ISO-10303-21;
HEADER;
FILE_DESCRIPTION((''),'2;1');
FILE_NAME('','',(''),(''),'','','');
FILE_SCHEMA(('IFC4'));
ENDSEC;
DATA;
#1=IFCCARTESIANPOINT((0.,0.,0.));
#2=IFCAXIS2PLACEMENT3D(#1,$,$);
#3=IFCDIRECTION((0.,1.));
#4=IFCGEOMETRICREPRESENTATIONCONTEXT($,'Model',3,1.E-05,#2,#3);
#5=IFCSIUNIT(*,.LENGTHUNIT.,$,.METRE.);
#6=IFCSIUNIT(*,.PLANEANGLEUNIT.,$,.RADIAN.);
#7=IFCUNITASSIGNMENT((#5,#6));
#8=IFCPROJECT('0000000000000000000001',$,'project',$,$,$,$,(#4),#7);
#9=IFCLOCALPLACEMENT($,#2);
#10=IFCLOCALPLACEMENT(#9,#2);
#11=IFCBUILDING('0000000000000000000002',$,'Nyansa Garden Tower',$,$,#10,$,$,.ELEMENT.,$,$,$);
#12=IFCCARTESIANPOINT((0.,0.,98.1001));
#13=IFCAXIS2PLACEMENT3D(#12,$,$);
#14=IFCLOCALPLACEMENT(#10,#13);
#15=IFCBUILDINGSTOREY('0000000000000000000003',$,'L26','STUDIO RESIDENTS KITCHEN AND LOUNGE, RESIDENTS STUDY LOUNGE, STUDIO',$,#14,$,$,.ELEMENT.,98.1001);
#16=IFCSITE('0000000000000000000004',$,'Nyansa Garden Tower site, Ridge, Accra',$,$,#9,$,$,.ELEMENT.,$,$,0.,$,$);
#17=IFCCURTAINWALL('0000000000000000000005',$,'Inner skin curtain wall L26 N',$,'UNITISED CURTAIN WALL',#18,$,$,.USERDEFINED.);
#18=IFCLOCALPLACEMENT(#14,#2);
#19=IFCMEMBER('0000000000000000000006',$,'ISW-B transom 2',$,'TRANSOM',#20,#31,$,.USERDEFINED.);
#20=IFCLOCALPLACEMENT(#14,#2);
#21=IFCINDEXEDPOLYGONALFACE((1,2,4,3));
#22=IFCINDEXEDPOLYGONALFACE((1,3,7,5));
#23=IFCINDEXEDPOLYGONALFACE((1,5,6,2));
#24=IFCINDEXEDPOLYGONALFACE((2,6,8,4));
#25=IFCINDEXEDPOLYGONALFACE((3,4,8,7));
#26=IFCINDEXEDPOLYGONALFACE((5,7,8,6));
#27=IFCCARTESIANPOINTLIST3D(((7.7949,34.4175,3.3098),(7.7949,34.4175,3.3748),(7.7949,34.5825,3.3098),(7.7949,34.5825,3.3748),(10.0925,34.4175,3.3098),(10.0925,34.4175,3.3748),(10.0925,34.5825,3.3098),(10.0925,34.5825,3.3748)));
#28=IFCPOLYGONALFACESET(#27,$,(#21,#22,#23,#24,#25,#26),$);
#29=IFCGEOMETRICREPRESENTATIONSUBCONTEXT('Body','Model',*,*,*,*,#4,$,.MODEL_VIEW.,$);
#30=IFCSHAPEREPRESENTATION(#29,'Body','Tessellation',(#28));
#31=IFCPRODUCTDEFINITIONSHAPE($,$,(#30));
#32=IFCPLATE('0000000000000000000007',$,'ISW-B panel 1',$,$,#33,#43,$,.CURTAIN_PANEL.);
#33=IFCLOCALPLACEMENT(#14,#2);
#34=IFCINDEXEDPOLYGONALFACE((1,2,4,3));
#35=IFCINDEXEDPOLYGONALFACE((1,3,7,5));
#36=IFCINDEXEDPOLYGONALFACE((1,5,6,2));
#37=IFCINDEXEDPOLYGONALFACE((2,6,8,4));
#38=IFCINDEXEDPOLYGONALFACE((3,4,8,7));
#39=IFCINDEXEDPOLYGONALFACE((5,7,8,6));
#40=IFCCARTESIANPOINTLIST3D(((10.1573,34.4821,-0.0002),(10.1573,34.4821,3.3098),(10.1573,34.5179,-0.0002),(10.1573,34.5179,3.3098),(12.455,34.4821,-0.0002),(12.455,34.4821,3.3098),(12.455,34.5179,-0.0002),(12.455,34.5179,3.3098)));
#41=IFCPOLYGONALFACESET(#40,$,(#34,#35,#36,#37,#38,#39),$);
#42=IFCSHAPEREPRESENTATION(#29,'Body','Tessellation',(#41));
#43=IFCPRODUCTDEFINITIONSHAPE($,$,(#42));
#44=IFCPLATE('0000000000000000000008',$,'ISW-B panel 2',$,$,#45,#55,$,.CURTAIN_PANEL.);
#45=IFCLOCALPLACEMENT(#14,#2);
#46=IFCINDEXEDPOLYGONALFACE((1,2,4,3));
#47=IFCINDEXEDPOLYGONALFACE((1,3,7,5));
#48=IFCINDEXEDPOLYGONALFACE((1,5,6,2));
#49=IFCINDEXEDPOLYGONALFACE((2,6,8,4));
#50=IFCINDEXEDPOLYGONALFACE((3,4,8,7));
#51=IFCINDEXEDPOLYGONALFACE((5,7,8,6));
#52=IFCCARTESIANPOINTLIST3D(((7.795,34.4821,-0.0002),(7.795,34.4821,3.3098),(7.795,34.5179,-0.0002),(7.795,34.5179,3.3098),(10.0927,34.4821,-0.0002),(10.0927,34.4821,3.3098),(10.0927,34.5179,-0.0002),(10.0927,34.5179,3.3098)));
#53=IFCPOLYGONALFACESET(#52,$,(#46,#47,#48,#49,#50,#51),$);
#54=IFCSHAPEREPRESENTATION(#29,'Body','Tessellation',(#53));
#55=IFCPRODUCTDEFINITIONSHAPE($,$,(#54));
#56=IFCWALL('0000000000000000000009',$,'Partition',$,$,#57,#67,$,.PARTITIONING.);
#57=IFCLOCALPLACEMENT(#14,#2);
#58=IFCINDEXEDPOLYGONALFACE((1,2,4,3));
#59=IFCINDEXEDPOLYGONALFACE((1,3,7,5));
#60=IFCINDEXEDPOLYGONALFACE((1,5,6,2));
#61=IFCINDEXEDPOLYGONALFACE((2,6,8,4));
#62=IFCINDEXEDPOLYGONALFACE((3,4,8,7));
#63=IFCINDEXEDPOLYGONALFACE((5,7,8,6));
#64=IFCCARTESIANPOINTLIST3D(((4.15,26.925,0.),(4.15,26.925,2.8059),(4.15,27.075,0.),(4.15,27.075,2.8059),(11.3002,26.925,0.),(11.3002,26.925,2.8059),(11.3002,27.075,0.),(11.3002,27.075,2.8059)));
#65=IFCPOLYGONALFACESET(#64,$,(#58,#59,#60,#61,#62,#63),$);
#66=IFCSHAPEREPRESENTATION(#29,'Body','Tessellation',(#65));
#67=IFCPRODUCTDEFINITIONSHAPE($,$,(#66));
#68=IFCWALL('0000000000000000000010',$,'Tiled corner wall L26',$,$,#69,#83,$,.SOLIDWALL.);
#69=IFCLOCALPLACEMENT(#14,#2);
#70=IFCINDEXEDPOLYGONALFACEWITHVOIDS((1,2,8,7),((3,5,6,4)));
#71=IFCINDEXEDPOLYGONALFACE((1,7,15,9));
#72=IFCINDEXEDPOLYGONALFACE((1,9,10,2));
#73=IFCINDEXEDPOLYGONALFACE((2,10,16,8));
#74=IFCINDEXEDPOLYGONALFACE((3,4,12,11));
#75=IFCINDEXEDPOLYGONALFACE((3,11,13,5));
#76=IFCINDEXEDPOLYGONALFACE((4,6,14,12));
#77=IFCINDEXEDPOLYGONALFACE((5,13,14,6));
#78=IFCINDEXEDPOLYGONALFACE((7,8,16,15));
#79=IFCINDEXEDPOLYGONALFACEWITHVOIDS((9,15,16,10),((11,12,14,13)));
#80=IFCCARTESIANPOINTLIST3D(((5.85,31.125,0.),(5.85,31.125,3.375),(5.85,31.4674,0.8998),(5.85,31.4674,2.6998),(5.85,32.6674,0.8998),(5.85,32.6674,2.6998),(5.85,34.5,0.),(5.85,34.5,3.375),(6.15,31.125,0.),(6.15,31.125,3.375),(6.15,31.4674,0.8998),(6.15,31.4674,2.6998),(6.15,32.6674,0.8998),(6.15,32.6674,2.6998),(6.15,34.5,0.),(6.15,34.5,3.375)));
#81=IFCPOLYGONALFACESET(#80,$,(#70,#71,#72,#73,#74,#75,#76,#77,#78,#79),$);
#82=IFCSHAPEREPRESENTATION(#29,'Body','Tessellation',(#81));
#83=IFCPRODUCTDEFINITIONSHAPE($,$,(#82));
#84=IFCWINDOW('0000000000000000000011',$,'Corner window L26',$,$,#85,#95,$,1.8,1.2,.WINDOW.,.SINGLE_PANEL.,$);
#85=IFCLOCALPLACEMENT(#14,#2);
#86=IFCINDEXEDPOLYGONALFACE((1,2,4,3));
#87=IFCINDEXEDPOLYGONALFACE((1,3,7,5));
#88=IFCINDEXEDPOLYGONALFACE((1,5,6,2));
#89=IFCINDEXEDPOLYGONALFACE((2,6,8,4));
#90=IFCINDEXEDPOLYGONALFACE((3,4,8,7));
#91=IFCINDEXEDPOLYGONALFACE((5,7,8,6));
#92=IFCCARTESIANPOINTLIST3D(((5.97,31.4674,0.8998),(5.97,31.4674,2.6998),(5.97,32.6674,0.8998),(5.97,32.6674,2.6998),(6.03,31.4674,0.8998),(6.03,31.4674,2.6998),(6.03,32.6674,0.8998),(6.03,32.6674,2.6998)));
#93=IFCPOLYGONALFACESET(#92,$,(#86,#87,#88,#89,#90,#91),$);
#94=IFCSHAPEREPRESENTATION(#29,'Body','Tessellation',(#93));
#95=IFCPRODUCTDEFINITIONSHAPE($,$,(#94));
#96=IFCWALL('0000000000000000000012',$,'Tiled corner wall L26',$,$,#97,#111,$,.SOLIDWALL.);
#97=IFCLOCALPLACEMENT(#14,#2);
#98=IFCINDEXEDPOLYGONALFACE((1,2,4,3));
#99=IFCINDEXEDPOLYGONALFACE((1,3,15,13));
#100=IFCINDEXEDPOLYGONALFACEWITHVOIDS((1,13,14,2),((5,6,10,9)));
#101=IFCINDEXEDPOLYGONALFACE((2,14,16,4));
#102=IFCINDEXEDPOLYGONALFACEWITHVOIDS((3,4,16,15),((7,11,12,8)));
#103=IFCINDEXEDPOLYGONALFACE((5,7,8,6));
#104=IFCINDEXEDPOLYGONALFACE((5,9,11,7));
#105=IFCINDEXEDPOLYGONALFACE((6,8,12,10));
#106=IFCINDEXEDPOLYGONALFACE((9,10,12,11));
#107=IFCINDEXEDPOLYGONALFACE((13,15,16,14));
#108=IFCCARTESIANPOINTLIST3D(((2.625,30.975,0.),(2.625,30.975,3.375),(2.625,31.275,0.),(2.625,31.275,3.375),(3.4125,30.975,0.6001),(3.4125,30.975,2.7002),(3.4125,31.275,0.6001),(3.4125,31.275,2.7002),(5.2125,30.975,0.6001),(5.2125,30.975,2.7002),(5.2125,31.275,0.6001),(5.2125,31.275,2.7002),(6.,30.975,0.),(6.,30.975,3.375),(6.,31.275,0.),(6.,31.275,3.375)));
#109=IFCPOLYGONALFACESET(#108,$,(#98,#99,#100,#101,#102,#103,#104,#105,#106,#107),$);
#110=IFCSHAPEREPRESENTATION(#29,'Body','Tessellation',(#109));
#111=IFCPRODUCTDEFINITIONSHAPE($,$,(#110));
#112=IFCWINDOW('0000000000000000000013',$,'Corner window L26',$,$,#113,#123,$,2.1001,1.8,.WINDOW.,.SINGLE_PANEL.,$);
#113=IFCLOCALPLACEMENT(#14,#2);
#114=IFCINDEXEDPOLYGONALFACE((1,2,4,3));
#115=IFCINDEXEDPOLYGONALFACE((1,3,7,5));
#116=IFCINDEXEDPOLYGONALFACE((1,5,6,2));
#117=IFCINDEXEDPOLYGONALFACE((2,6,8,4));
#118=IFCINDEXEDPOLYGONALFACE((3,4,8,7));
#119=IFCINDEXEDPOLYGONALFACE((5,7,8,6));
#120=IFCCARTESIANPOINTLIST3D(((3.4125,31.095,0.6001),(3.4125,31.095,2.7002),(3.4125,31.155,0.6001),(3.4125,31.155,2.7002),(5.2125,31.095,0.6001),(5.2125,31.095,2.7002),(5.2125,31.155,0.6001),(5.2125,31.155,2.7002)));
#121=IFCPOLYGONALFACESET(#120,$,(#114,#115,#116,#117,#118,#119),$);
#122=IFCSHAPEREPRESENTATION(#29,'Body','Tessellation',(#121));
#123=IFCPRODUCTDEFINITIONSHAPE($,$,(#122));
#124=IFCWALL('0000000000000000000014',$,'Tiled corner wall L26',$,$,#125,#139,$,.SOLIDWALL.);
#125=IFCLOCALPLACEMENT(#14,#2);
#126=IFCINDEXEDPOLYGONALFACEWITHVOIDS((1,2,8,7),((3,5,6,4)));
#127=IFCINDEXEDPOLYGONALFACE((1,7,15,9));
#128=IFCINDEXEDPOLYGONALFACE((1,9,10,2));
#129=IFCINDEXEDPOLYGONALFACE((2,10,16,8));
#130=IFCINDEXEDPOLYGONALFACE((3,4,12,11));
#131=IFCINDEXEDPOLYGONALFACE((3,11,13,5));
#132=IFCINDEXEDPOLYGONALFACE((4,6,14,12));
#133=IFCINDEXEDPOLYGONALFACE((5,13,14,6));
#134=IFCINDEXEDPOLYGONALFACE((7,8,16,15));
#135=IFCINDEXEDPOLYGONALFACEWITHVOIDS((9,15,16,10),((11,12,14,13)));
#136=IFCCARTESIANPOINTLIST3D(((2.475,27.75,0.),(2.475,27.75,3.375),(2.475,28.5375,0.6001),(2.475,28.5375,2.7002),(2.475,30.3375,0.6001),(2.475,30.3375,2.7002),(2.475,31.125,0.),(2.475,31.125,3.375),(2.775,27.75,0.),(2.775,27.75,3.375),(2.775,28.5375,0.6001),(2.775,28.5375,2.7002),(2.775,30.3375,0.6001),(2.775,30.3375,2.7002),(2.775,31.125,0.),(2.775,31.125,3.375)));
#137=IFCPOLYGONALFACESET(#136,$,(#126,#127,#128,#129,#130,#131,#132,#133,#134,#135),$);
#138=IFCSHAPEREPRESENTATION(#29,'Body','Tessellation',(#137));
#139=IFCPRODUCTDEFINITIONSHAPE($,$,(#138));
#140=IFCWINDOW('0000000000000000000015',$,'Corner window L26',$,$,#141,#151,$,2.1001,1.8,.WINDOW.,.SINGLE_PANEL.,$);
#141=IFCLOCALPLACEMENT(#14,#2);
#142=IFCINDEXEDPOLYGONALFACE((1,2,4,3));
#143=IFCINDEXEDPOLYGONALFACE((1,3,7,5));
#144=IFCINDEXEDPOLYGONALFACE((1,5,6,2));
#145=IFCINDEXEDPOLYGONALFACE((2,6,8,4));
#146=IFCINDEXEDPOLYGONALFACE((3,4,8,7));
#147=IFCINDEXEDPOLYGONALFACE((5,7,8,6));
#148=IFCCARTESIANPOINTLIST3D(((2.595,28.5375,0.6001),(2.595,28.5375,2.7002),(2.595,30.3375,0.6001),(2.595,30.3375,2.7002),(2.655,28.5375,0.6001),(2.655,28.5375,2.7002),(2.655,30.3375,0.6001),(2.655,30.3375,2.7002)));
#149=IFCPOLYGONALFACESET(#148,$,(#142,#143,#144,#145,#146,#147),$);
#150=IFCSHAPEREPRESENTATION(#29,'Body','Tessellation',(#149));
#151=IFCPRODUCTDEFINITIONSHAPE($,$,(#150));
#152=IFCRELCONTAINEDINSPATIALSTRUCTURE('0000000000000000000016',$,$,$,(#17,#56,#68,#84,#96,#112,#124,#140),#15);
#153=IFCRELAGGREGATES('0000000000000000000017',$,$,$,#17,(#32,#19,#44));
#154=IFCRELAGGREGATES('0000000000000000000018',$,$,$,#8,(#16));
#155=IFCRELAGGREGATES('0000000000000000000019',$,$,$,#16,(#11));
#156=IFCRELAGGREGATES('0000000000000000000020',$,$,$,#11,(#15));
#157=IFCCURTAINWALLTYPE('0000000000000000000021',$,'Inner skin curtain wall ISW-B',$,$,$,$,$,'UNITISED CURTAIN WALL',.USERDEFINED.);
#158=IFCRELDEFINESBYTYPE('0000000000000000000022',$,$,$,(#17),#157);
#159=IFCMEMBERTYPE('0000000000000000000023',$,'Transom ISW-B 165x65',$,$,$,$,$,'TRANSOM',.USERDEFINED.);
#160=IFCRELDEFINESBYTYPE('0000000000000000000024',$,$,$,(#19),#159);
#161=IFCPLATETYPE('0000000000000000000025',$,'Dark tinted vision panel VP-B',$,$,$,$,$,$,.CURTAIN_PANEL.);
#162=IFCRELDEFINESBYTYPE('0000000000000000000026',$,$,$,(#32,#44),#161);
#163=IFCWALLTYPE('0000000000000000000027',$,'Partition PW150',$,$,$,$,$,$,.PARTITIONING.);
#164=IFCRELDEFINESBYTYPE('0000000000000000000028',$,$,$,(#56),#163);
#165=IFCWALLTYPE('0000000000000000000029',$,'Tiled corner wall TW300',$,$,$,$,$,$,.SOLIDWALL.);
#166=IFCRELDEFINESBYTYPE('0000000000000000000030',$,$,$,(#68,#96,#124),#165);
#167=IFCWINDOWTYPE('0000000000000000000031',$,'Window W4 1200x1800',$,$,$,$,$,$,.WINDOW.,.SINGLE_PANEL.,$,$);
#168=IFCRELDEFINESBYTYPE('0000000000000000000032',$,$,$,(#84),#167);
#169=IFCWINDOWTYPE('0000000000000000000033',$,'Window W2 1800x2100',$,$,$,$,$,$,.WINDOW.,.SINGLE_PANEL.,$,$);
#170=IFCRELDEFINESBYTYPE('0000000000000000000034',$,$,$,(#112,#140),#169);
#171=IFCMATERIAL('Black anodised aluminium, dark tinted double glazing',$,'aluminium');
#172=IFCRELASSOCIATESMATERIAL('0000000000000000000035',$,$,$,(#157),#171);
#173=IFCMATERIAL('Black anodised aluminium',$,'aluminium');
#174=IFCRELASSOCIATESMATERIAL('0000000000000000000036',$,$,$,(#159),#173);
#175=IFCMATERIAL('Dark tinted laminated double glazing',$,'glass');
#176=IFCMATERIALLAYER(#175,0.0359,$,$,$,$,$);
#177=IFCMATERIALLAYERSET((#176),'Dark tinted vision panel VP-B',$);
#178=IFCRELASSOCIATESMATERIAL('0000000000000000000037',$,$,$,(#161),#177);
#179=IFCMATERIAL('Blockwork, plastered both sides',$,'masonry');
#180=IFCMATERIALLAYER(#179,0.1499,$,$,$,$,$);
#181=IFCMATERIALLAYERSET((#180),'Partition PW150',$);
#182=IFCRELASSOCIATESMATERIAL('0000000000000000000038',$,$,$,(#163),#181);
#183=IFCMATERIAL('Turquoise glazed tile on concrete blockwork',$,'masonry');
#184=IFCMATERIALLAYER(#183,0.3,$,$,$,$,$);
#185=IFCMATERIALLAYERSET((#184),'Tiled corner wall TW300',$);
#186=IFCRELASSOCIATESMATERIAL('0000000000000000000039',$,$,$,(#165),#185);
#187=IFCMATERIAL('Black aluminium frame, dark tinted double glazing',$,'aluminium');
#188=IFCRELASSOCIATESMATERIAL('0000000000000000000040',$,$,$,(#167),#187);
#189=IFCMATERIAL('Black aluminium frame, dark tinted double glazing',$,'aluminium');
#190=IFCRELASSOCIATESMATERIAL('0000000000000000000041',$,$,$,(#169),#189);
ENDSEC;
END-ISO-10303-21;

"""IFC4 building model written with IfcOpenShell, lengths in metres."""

from ifc_helpers import new_model, si_unit, direction, frame, frame_2d, origin, origin_2d, place, context, subcontext, project, spatial, rectangle, extrude, material, layer, layer_set, material_profile, profile_set, type_object, element, fill, aggregate, save


model = new_model("IFC4")

# Units and contexts
model_context = context("Model", 3, precision=1e-05, world=origin(), true_north=direction((0.0, 1.0)))
body_context = subcontext(model_context, "Body", "Model", "MODEL_VIEW")
ifc_project = project(units=[si_unit("LENGTHUNIT", "METRE"), si_unit("PLANEANGLEUNIT", "RADIAN")], contexts=[model_context])

# Site, building, storey
site_placement = place(None, origin())
site = spatial("IfcSite", under=ifc_project, at=site_placement, Name="Nyansa Garden Tower site, Ridge, Accra", CompositionType="ELEMENT", RefElevation=0.0)
building_placement = place(site_placement, origin())
building = spatial("IfcBuilding", under=site, at=building_placement, Name="Nyansa Garden Tower", CompositionType="ELEMENT")
storey_placement = place(building_placement, frame((0.0, 0.0, 98.1001)))
storey = spatial("IfcBuildingStorey", under=building, at=storey_placement, Name="L26", Description="STUDIO RESIDENTS KITCHEN AND LOUNGE, RESIDENTS STUDY LOUNGE, STUDIO", CompositionType="ELEMENT", Elevation=98.1001)

# Curtain wall
ifc_material_1 = material(Name="Black anodised aluminium, dark tinted double glazing", Category="aluminium")
curtain_wall_type = type_object("IfcCurtainWallType", Name="Inner skin curtain wall ISW-B", ElementType="UNITISED CURTAIN WALL", PredefinedType="USERDEFINED", material=ifc_material_1)
curtain_wall_placement = place(storey_placement, origin())
curtain_wall = element("IfcCurtainWall", 1, at=curtain_wall_placement, inside=storey, type_object=curtain_wall_type, Name="Inner skin curtain wall L26 N", ObjectType="UNITISED CURTAIN WALL", PredefinedType="USERDEFINED")

# Member
ifc_material_2 = material(Name="Black anodised aluminium", Category="aluminium")
ifc_material_profile_1 = material_profile(ifc_material_2, rectangle(XDim=0.165, YDim=0.0649, at=origin_2d()), Name="Transom 165x65")
ifc_profile_set_1 = profile_set([ifc_material_profile_1], Name="Black anodised aluminium")
member_type_1 = type_object("IfcMemberType", Name="Transom ISW-B 165x65", ElementType="TRANSOM", PredefinedType="USERDEFINED", material=ifc_profile_set_1)
member_1_placement = place(storey_placement, frame((10.0925, 34.5, 3.3423), z_axis=(-1.0, 0.0, 0.0), x_axis=(0.0, -1.0, 0.0)))
member_1 = element("IfcMember", 2, at=member_1_placement, type_object=member_type_1, Name="ISW-B transom 2", ObjectType="TRANSOM", PredefinedType="USERDEFINED", context=body_context, shape_type="SweptSolid", body=[
    extrude(rectangle(XDim=0.165, YDim=0.0649, at=origin_2d()), origin(), (0.0, 0.0, 1.0), 2.2976),
])

# Plates
ifc_material_3 = material(Name="Dark tinted laminated double glazing", Category="glass")
ifc_layer_1 = layer(ifc_material_3, 0.0359)
ifc_layer_set_1 = layer_set([ifc_layer_1], Name="Dark tinted vision panel VP-B")
plate_type = type_object("IfcPlateType", Name="Dark tinted vision panel VP-B", PredefinedType="CURTAIN_PANEL", material=ifc_layer_set_1)
plate_1_placement = place(storey_placement, frame((11.3062, 34.5, -0.0002), z_axis=(0.0, 0.0, 1.0), x_axis=(-1.0, 0.0, 0.0)))
plate_1 = element("IfcPlate", 3, at=plate_1_placement, type_object=plate_type, Name="ISW-B panel 1", PredefinedType="CURTAIN_PANEL", context=body_context, shape_type="SweptSolid", body=[
    extrude(rectangle(XDim=2.2976, YDim=0.0359, at=origin_2d()), origin(), (0.0, 0.0, 1.0), 3.3101),
])
plate_2_placement = place(storey_placement, frame((8.9438, 34.5, -0.0002), z_axis=(0.0, 0.0, 1.0), x_axis=(-1.0, 0.0, 0.0)))
plate_2 = element("IfcPlate", 4, at=plate_2_placement, type_object=plate_type, Name="ISW-B panel 2", PredefinedType="CURTAIN_PANEL", context=body_context, shape_type="SweptSolid", body=[
    extrude(rectangle(XDim=2.2976, YDim=0.0359, at=origin_2d()), origin(), (0.0, 0.0, 1.0), 3.3101),
])
aggregate(curtain_wall, [plate_1, member_1, plate_2])

# Wall
ifc_material_4 = material(Name="Blockwork, plastered both sides", Category="masonry")
ifc_layer_2 = layer(ifc_material_4, 0.1499)
ifc_layer_set_2 = layer_set([ifc_layer_2], Name="Partition PW150")
wall_type_1 = type_object("IfcWallType", Name="Partition PW150", PredefinedType="PARTITIONING", material=ifc_layer_set_2)
wall_1_placement = place(storey_placement, frame((4.1499, 27.0, 0.0), z_axis=(0.0, 0.0, 1.0), x_axis=(1.0, 0.0, 0.0)))
element("IfcWall", 5, at=wall_1_placement, inside=storey, type_object=wall_type_1, Name="Partition", PredefinedType="PARTITIONING", context=body_context, shape_type="SweptSolid", body=[
    extrude(rectangle(XDim=7.1501, YDim=0.1499, at=frame_2d((3.5752, 0.0))), origin(), (0.0, 0.0, 1.0), 2.8059),
])

# Walls, openings, windows
ifc_material_5 = material(Name="Turquoise glazed tile on concrete blockwork", Category="masonry")
ifc_layer_3 = layer(ifc_material_5, 0.3)
ifc_layer_set_3 = layer_set([ifc_layer_3], Name="Tiled corner wall TW300")
wall_type_2 = type_object("IfcWallType", Name="Tiled corner wall TW300", PredefinedType="SOLIDWALL", material=ifc_layer_set_3)
wall_2_placement = place(storey_placement, frame((6.0, 34.5, 0.0), z_axis=(0.0, 0.0, 1.0), x_axis=(0.0, -1.0, 0.0)))
wall_2 = element("IfcWall", 6, at=wall_2_placement, inside=storey, type_object=wall_type_2, Name="Tiled corner wall L26", PredefinedType="SOLIDWALL", context=body_context, shape_type="SweptSolid", body=[
    extrude(rectangle(XDim=3.375, YDim=0.3, at=frame_2d((1.6875, 0.0))), origin(), (0.0, 0.0, 1.0), 3.375),
])
opening_1_placement = place(wall_2_placement, frame((1.8325, 0.0, 0.8999)))
opening_1 = element("IfcOpeningElement", 7, at=opening_1_placement, cuts=wall_2, PredefinedType="OPENING", context=body_context, shape_type="SweptSolid", body=[
    extrude(rectangle(XDim=1.2, YDim=1.8, at=frame_2d((0.6001, 0.8999))), frame((0.0, 0.1599, 0.0), z_axis=(0.0, -1.0, 0.0), x_axis=(1.0, 0.0, 0.0)), (0.0, 0.0, 1.0), 0.3201),
])
ifc_material_6 = material(Name="Black aluminium frame, dark tinted double glazing", Category="aluminium")
window_type_1 = type_object("IfcWindowType", Name="Window W4 1200x1800", PartitioningType="SINGLE_PANEL", PredefinedType="WINDOW", material=ifc_material_6)
window_1_placement = place(opening_1_placement, origin())
window_1 = element("IfcWindow", 8, at=window_1_placement, inside=storey, type_object=window_type_1, Name="Corner window L26", OverallHeight=1.8, OverallWidth=1.2, PartitioningType="SINGLE_PANEL", PredefinedType="WINDOW", context=body_context, shape_type="SweptSolid", body=[
    extrude(rectangle(XDim=1.2, YDim=1.8, at=frame_2d((0.6001, 0.8999))), frame((0.0, 0.03, 0.0), z_axis=(0.0, -1.0, 0.0), x_axis=(1.0, 0.0, 0.0)), (0.0, 0.0, 1.0), 0.0601),
])
fill(opening_1, window_1)
wall_3_placement = place(storey_placement, frame((6.0, 31.125, 0.0), z_axis=(0.0, 0.0, 1.0), x_axis=(-1.0, 0.0, 0.0)))
wall_3 = element("IfcWall", 9, at=wall_3_placement, inside=storey, type_object=wall_type_2, Name="Tiled corner wall L26", PredefinedType="SOLIDWALL", context=body_context, shape_type="SweptSolid", body=[
    extrude(rectangle(XDim=3.375, YDim=0.3, at=frame_2d((1.6875, 0.0))), origin(), (0.0, 0.0, 1.0), 3.375),
])
opening_2_placement = place(wall_3_placement, frame((0.7876, 0.0, 0.6001)))
opening_2 = element("IfcOpeningElement", 10, at=opening_2_placement, cuts=wall_3, PredefinedType="OPENING", context=body_context, shape_type="SweptSolid", body=[
    extrude(rectangle(XDim=1.8, YDim=2.1001, at=frame_2d((0.8999, 1.05))), frame((0.0, 0.1599, 0.0), z_axis=(0.0, -1.0, 0.0), x_axis=(1.0, 0.0, 0.0)), (0.0, 0.0, 1.0), 0.3201),
])
ifc_material_7 = material(Name="Black aluminium frame, dark tinted double glazing", Category="aluminium")
window_type_2 = type_object("IfcWindowType", Name="Window W2 1800x2100", PartitioningType="SINGLE_PANEL", PredefinedType="WINDOW", material=ifc_material_7)
window_2_placement = place(opening_2_placement, origin())
window_2 = element("IfcWindow", 11, at=window_2_placement, inside=storey, type_object=window_type_2, Name="Corner window L26", OverallHeight=2.1001, OverallWidth=1.8, PartitioningType="SINGLE_PANEL", PredefinedType="WINDOW", context=body_context, shape_type="SweptSolid", body=[
    extrude(rectangle(XDim=1.8, YDim=2.1001, at=frame_2d((0.8999, 1.05))), frame((0.0, 0.03, 0.0), z_axis=(0.0, -1.0, 0.0), x_axis=(1.0, 0.0, 0.0)), (0.0, 0.0, 1.0), 0.0601),
])
fill(opening_2, window_2)
wall_4_placement = place(storey_placement, frame((2.625, 31.125, 0.0), z_axis=(0.0, 0.0, 1.0), x_axis=(0.0, -1.0, 0.0)))
wall_4 = element("IfcWall", 12, at=wall_4_placement, inside=storey, type_object=wall_type_2, Name="Tiled corner wall L26", PredefinedType="SOLIDWALL", context=body_context, shape_type="SweptSolid", body=[
    extrude(rectangle(XDim=3.375, YDim=0.3, at=frame_2d((1.6875, 0.0))), origin(), (0.0, 0.0, 1.0), 3.375),
])
opening_3_placement = place(wall_4_placement, frame((0.7876, 0.0, 0.6001)))
opening_3 = element("IfcOpeningElement", 13, at=opening_3_placement, cuts=wall_4, PredefinedType="OPENING", context=body_context, shape_type="SweptSolid", body=[
    extrude(rectangle(XDim=1.8, YDim=2.1001, at=frame_2d((0.8999, 1.05))), frame((0.0, 0.1599, 0.0), z_axis=(0.0, -1.0, 0.0), x_axis=(1.0, 0.0, 0.0)), (0.0, 0.0, 1.0), 0.3201),
])
window_3_placement = place(opening_3_placement, origin())
window_3 = element("IfcWindow", 14, at=window_3_placement, inside=storey, type_object=window_type_2, Name="Corner window L26", OverallHeight=2.1001, OverallWidth=1.8, PartitioningType="SINGLE_PANEL", PredefinedType="WINDOW", context=body_context, shape_type="SweptSolid", body=[
    extrude(rectangle(XDim=1.8, YDim=2.1001, at=frame_2d((0.8999, 1.05))), frame((0.0, 0.03, 0.0), z_axis=(0.0, -1.0, 0.0), x_axis=(1.0, 0.0, 0.0)), (0.0, 0.0, 1.0), 0.0601),
])
fill(opening_3, window_3)

save(model, "model.ifc")
